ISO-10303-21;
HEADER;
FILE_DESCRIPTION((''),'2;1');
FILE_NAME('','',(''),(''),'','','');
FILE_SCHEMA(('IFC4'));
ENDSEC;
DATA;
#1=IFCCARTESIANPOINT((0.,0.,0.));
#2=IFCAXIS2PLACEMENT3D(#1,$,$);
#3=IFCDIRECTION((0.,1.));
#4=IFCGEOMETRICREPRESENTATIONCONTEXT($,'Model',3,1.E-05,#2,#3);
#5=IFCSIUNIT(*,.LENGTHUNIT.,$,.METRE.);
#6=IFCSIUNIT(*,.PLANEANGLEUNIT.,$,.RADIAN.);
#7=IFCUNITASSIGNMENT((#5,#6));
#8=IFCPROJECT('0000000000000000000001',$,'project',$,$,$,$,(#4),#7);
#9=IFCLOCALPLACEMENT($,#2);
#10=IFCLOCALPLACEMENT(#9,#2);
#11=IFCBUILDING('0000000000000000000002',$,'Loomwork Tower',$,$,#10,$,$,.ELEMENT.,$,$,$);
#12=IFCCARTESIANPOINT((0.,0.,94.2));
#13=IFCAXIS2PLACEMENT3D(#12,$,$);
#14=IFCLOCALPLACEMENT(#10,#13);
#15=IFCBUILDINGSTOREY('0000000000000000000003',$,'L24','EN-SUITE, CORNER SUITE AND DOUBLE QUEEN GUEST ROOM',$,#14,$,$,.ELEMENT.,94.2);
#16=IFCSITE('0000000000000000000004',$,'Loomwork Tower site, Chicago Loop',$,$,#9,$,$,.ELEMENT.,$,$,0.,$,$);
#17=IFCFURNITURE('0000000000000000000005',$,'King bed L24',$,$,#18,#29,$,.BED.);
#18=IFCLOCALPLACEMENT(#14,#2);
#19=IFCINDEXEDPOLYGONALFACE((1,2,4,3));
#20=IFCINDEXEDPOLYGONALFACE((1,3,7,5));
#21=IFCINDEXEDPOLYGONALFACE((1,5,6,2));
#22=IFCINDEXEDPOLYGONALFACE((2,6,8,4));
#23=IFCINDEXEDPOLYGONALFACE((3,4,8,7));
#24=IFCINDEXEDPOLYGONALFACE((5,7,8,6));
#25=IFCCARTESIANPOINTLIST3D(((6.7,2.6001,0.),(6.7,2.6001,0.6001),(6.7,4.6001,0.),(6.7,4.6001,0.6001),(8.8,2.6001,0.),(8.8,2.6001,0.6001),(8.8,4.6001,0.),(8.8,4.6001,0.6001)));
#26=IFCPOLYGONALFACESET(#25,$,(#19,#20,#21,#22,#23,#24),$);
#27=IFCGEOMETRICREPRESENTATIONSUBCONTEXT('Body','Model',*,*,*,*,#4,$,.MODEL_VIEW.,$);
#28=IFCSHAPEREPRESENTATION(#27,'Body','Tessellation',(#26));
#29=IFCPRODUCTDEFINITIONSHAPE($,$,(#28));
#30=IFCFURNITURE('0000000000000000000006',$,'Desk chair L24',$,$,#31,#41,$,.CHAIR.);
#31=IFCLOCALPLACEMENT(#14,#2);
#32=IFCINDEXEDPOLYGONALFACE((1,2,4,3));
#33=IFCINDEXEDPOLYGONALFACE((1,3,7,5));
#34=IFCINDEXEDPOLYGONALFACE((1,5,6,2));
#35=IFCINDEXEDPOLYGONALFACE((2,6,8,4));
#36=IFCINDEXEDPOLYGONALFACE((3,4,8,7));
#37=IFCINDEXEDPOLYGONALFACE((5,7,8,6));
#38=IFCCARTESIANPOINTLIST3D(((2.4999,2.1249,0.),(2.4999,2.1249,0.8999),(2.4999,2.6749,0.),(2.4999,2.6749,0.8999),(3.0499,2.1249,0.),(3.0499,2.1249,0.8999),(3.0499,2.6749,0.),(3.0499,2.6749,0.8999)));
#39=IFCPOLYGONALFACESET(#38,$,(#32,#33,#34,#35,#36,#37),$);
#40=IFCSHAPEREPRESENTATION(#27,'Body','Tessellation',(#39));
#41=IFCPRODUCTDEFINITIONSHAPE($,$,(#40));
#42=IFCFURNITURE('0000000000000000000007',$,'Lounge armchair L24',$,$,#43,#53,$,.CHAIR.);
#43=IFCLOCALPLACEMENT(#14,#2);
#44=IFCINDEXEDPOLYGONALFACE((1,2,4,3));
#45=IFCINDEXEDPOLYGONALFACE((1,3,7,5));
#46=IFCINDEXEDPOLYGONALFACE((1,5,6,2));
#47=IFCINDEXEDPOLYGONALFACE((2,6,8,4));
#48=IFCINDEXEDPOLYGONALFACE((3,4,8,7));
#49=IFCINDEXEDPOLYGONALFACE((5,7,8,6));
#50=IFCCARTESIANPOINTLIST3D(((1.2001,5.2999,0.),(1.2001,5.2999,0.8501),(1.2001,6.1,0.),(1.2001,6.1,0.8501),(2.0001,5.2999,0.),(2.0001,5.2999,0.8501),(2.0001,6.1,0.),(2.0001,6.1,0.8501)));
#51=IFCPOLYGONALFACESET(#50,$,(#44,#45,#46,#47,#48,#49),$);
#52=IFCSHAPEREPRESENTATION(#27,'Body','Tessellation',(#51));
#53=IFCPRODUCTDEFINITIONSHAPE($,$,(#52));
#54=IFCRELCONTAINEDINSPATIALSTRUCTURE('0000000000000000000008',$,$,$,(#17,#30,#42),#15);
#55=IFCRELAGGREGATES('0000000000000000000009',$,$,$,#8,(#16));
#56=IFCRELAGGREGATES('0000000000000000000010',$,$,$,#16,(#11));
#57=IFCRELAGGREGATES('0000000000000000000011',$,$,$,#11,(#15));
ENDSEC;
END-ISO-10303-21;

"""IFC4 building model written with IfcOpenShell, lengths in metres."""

from ifc_helpers import new_model, si_unit, direction, frame, origin, origin_2d, place, context, subcontext, project, spatial, rectangle, extrude, element, save


model = new_model("IFC4")

# Units and contexts
model_context = context("Model", 3, precision=1e-05, world=origin(), true_north=direction((0.0, 1.0)))
body_context = subcontext(model_context, "Body", "Model", "MODEL_VIEW")
ifc_project = project(units=[si_unit("LENGTHUNIT", "METRE"), si_unit("PLANEANGLEUNIT", "RADIAN")], contexts=[model_context])

# Site, building, storey
site_placement = place(None, origin())
site = spatial("IfcSite", under=ifc_project, at=site_placement, Name="Loomwork Tower site, Chicago Loop", CompositionType="ELEMENT", RefElevation=0.0)
building_placement = place(site_placement, origin())
building = spatial("IfcBuilding", under=site, at=building_placement, Name="Loomwork Tower", CompositionType="ELEMENT")
storey_placement = place(building_placement, frame((0.0, 0.0, 94.2)))
storey = spatial("IfcBuildingStorey", under=building, at=storey_placement, Name="L24", Description="EN-SUITE, CORNER SUITE AND DOUBLE QUEEN GUEST ROOM", CompositionType="ELEMENT", Elevation=94.2)

# Furniture
furniture_1_placement = place(storey_placement, frame((7.75, 3.6001, 0.0), z_axis=(0.0, 0.0, 1.0), x_axis=(1.0, 0.0, 0.0)))
element("IfcFurniture", 1, at=furniture_1_placement, inside=storey, Name="King bed L24", PredefinedType="BED", context=body_context, shape_type="SweptSolid", body=[
    extrude(rectangle(XDim=2.1001, YDim=2.0, at=origin_2d()), origin(), (0.0, 0.0, 1.0), 0.6001),
])
furniture_2_placement = place(storey_placement, frame((2.7749, 2.3999, 0.0), z_axis=(0.0, 0.0, 1.0), x_axis=(1.0, 0.0, 0.0)))
element("IfcFurniture", 2, at=furniture_2_placement, inside=storey, Name="Desk chair L24", PredefinedType="CHAIR", context=body_context, shape_type="SweptSolid", body=[
    extrude(rectangle(XDim=0.55, YDim=0.55, at=origin_2d()), origin(), (0.0, 0.0, 1.0), 0.8999),
])
furniture_3_placement = place(storey_placement, frame((1.6001, 5.7, 0.0), z_axis=(0.0, 0.0, 1.0), x_axis=(1.0, 0.0, 0.0)))
element("IfcFurniture", 3, at=furniture_3_placement, inside=storey, Name="Lounge armchair L24", PredefinedType="CHAIR", context=body_context, shape_type="SweptSolid", body=[
    extrude(rectangle(XDim=0.8, YDim=0.8, at=origin_2d()), origin(), (0.0, 0.0, 1.0), 0.8501),
])

save(model, "model.ifc")
